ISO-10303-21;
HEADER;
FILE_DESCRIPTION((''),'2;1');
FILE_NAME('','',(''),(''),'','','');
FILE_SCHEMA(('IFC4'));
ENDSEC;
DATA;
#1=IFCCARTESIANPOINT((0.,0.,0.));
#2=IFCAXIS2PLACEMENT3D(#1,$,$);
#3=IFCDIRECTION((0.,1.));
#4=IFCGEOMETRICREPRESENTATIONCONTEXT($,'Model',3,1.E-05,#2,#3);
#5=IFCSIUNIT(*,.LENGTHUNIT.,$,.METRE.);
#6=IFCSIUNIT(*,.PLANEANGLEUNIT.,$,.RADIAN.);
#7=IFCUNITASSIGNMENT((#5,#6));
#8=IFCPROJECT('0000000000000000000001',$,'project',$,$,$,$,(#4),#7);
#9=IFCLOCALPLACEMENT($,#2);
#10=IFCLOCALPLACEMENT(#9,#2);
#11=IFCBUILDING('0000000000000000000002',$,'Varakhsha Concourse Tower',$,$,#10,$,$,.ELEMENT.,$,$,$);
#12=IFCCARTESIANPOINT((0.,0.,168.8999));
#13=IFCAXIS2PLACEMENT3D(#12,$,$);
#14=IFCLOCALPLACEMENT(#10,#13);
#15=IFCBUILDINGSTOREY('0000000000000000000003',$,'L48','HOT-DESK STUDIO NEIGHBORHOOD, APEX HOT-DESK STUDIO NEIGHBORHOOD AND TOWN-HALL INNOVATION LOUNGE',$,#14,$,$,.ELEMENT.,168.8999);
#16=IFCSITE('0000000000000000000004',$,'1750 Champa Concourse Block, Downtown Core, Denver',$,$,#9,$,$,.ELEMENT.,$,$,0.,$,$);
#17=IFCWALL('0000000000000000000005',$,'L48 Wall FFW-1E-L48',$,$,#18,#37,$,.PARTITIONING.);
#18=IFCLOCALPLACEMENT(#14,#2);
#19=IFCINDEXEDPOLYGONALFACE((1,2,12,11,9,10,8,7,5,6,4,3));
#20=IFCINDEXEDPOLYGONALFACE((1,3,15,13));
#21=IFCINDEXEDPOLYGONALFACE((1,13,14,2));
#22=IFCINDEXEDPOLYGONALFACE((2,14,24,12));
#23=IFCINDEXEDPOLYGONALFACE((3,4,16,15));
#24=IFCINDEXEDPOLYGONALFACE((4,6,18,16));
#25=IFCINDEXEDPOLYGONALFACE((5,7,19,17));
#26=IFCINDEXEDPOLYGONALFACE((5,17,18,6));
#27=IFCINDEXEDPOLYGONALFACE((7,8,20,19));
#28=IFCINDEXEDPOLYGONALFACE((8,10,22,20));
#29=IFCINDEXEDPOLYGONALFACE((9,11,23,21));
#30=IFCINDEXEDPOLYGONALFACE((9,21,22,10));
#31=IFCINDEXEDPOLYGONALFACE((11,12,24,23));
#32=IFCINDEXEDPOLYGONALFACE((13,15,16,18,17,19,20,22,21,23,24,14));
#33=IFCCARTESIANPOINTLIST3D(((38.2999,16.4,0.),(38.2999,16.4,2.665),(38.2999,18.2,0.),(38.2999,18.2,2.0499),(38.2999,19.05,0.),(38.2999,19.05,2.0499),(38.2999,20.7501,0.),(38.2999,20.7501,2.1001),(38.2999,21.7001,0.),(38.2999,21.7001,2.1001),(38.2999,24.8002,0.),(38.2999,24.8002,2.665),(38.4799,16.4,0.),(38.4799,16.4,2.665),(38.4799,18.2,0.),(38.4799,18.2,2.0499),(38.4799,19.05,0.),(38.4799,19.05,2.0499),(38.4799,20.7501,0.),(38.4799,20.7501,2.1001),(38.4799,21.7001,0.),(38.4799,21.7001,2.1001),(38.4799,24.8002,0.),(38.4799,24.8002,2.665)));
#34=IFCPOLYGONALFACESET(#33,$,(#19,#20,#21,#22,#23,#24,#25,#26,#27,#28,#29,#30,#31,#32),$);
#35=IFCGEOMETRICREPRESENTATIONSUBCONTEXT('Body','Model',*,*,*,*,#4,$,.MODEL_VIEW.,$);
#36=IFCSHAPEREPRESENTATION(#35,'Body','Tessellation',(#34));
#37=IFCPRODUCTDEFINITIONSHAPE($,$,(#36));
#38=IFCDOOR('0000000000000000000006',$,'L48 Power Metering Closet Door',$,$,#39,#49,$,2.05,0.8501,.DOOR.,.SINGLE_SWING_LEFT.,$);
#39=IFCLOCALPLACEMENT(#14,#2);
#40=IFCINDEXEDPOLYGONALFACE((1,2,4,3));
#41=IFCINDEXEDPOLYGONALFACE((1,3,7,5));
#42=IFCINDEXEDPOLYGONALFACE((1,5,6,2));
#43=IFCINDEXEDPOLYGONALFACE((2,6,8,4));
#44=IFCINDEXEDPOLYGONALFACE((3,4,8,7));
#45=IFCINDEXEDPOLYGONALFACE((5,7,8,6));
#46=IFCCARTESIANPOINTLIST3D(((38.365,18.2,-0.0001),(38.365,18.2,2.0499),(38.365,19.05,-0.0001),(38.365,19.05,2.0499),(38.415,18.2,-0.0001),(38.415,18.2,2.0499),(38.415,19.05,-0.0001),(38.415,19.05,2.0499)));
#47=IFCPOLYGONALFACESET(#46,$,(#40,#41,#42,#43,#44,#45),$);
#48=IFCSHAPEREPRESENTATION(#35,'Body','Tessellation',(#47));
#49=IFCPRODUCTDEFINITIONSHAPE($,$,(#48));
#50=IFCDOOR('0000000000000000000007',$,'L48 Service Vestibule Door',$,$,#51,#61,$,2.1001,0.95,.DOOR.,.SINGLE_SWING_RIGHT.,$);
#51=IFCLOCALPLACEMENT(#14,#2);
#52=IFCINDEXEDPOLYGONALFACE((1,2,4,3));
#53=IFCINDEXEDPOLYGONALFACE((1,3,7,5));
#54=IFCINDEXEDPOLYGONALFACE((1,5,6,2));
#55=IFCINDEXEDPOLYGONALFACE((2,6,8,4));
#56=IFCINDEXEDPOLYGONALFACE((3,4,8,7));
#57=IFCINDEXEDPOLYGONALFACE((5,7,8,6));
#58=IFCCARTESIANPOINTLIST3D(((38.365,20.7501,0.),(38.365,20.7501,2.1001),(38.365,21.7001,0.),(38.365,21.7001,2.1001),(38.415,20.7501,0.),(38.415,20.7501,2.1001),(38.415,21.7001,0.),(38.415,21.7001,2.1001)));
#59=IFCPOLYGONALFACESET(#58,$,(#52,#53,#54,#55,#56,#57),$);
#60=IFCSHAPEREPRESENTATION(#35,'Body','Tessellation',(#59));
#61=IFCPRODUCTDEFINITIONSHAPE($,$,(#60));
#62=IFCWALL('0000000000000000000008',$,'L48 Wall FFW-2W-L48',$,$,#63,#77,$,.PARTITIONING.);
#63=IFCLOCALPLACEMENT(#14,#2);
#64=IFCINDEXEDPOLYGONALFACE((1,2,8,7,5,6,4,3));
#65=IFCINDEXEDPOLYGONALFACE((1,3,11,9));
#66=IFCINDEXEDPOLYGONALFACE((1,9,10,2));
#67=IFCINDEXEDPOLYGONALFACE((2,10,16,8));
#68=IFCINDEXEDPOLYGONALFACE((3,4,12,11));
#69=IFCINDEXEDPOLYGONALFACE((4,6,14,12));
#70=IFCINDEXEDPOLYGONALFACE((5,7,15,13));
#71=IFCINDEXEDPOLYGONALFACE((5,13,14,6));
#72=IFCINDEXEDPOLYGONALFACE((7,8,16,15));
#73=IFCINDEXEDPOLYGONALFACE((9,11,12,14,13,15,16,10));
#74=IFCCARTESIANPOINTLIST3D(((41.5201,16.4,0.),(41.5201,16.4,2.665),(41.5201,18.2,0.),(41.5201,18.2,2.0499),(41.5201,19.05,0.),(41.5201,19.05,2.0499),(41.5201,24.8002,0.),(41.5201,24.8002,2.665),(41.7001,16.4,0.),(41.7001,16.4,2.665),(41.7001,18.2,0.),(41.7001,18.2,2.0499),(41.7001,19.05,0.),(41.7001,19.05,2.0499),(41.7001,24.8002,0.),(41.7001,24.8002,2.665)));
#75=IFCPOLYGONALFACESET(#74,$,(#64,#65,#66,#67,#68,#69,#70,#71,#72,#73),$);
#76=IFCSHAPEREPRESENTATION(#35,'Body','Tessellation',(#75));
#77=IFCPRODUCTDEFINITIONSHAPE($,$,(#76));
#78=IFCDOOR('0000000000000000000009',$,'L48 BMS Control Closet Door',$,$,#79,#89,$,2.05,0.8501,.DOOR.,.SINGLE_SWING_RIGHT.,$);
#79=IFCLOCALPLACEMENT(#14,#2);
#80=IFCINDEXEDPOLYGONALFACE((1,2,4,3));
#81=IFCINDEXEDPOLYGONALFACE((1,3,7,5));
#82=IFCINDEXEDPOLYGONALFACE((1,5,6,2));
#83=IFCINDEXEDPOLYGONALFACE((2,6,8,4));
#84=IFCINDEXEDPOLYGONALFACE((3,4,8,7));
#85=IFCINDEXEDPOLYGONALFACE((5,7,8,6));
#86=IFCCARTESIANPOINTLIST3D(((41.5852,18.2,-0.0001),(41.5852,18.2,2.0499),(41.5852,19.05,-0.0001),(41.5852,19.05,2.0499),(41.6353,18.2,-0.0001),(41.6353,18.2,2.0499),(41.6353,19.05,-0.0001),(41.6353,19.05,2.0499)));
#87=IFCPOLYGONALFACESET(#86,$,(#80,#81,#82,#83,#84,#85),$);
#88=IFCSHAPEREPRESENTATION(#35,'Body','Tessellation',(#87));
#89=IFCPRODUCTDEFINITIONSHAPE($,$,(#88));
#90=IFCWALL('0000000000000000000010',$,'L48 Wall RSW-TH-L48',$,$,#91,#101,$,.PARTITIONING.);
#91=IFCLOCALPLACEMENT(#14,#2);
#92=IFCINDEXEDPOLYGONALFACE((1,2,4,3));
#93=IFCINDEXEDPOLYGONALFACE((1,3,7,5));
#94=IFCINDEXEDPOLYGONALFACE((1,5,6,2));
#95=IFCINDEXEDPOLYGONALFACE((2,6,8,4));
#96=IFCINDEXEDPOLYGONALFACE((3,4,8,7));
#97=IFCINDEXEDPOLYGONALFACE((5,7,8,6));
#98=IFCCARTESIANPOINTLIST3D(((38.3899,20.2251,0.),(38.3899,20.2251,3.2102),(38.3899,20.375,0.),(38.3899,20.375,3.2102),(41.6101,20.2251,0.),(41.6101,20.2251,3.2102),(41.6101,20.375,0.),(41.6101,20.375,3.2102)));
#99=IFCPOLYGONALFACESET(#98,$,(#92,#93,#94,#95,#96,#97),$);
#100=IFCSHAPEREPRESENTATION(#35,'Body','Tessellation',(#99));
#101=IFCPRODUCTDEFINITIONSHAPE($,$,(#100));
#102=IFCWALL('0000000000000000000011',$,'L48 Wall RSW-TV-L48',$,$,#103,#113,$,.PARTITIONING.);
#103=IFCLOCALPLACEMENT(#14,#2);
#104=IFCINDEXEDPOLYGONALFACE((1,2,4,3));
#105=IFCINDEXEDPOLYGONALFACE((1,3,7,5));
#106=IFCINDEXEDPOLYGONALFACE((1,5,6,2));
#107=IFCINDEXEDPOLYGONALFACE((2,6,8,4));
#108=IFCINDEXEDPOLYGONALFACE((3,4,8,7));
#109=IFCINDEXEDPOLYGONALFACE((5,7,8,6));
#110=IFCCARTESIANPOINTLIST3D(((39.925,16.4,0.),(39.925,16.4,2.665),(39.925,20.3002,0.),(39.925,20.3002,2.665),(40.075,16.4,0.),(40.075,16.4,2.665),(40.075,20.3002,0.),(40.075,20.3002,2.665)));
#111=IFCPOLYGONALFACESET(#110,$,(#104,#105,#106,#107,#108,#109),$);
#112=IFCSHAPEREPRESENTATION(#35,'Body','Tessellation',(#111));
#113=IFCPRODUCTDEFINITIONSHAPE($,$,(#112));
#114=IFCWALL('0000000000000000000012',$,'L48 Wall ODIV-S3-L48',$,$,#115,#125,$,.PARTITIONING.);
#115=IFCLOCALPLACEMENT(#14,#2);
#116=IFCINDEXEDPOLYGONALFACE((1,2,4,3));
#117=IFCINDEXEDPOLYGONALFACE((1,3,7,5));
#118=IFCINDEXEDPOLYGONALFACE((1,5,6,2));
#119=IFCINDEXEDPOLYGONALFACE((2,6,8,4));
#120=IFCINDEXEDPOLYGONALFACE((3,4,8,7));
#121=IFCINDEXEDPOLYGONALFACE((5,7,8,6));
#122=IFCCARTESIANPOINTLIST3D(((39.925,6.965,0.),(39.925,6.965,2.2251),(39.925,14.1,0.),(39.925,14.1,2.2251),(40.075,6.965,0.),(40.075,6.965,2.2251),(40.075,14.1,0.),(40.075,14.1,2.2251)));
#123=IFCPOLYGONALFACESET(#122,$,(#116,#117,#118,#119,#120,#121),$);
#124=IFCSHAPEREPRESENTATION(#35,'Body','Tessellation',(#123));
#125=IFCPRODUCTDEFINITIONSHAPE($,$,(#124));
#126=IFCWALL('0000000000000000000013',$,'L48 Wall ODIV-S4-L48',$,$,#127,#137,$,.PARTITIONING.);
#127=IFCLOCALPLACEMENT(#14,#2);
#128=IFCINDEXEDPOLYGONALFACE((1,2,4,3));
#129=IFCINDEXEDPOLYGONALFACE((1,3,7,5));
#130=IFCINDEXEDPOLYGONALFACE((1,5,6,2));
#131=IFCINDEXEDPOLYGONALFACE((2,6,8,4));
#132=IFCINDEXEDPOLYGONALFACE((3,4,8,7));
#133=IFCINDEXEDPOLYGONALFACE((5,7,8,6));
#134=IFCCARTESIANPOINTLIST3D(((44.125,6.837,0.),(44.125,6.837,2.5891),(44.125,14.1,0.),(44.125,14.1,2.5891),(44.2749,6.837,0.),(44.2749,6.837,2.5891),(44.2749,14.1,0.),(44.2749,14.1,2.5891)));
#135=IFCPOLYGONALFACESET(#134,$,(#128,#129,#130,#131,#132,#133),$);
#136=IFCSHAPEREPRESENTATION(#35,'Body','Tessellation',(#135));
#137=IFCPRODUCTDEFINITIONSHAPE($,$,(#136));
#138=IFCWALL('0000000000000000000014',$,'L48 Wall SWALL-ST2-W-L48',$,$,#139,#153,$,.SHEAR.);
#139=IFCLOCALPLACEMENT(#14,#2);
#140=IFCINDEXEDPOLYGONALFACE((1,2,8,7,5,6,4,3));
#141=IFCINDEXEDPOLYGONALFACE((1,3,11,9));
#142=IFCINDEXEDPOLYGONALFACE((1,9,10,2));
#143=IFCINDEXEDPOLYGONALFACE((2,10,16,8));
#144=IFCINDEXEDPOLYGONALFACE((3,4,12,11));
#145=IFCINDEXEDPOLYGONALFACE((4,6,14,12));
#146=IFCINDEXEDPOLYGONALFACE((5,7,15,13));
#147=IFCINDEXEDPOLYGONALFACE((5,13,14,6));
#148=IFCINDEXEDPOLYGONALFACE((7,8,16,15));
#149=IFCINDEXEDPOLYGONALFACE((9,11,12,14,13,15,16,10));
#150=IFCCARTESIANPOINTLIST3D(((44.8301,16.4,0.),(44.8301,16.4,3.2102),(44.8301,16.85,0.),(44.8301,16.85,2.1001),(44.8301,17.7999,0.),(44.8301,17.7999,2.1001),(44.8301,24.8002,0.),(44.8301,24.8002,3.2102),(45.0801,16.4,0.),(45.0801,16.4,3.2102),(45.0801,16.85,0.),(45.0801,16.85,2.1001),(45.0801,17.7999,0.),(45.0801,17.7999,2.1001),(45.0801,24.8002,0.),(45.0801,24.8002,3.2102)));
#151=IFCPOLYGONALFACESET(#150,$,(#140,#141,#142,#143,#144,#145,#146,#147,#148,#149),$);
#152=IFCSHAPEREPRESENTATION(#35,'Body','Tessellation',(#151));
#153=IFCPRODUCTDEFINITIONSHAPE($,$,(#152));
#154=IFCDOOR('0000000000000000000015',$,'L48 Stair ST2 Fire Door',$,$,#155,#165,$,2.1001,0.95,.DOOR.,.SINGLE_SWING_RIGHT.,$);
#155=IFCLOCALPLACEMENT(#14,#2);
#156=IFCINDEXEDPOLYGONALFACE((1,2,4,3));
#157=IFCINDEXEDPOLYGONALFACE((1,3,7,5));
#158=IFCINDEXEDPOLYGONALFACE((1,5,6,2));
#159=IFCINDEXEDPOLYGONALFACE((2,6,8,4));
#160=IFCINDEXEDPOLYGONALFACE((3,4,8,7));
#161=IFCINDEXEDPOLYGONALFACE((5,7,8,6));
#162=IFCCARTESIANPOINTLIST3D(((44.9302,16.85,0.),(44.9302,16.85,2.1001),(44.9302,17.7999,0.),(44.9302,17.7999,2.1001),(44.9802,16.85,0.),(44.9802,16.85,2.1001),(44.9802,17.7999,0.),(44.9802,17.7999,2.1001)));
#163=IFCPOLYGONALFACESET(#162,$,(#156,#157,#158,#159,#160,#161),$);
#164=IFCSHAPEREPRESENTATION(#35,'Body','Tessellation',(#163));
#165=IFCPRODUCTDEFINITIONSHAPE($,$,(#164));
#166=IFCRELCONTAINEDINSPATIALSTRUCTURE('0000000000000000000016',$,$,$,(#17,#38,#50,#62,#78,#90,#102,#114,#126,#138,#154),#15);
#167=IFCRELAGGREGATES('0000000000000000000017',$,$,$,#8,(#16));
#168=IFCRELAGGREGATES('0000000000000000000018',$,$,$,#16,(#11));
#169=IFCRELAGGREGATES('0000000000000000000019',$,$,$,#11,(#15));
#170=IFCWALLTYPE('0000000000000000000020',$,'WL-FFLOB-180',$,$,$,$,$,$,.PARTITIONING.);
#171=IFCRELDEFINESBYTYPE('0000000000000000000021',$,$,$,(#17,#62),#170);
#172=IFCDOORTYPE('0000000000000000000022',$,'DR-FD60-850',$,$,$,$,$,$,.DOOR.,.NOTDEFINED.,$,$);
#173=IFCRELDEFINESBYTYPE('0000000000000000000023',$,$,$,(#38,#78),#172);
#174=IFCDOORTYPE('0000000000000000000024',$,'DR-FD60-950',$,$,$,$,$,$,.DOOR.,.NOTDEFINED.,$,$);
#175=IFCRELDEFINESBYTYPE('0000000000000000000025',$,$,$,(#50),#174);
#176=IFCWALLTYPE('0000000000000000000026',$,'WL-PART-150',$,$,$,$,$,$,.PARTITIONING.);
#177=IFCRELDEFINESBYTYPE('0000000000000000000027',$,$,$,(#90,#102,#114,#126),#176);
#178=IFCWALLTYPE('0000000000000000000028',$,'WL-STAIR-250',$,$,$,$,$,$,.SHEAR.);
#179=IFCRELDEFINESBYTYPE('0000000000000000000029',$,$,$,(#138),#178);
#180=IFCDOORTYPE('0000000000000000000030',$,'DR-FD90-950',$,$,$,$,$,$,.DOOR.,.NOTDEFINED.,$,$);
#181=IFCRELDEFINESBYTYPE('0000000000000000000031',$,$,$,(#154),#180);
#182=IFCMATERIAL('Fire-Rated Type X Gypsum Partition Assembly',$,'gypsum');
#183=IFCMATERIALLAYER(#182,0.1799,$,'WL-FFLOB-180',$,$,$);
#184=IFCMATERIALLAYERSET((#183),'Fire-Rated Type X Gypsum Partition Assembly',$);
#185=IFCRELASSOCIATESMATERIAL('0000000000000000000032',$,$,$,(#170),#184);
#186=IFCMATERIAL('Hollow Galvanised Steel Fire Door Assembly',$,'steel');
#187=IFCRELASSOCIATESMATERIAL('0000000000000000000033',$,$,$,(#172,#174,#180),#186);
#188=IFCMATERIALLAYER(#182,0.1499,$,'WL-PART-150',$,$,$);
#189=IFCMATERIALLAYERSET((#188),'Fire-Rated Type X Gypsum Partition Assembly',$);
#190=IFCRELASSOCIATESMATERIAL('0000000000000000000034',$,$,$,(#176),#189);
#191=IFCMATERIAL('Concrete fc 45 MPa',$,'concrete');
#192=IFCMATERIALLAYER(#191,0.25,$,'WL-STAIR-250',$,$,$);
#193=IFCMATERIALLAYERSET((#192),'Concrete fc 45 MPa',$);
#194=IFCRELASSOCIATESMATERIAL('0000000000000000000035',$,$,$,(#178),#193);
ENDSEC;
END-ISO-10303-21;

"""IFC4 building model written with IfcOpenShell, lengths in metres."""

from ifc_helpers import new_model, si_unit, direction, frame, frame_2d, origin, place, context, subcontext, project, spatial, rectangle, extrude, material, layer, layer_set, type_object, element, fill, save


model = new_model("IFC4")

# Units and contexts
model_context = context("Model", 3, precision=1e-05, world=origin(), true_north=direction((0.0, 1.0)))
body_context = subcontext(model_context, "Body", "Model", "MODEL_VIEW")
ifc_project = project(units=[si_unit("LENGTHUNIT", "METRE"), si_unit("PLANEANGLEUNIT", "RADIAN")], contexts=[model_context])

# Site, building, storey
site_placement = place(None, origin())
site = spatial("IfcSite", under=ifc_project, at=site_placement, Name="1750 Champa Concourse Block, Downtown Core, Denver", CompositionType="ELEMENT", RefElevation=0.0)
building_placement = place(site_placement, origin())
building = spatial("IfcBuilding", under=site, at=building_placement, Name="Varakhsha Concourse Tower", CompositionType="ELEMENT")
storey_placement = place(building_placement, frame((0.0, 0.0, 168.8999)))
storey = spatial("IfcBuildingStorey", under=building, at=storey_placement, Name="L48", Description="HOT-DESK STUDIO NEIGHBORHOOD, APEX HOT-DESK STUDIO NEIGHBORHOOD AND TOWN-HALL INNOVATION LOUNGE", CompositionType="ELEMENT", Elevation=168.8999)

# Wall, openings, doors
ifc_material_1 = material(Name="Fire-Rated Type X Gypsum Partition Assembly", Category="gypsum")
ifc_layer_1 = layer(ifc_material_1, 0.1799, Name="WL-FFLOB-180")
ifc_layer_set_1 = layer_set([ifc_layer_1], Name="Fire-Rated Type X Gypsum Partition Assembly")
wall_type_1 = type_object("IfcWallType", Name="WL-FFLOB-180", PredefinedType="PARTITIONING", material=ifc_layer_set_1)
wall_1_placement = place(storey_placement, frame((38.3899, 16.3999, 0.0), z_axis=(0.0, 0.0, 1.0), x_axis=(0.0, 1.0, 0.0)))
wall_1 = element("IfcWall", 1, at=wall_1_placement, inside=storey, type_object=wall_type_1, Name="L48 Wall FFW-1E-L48", PredefinedType="PARTITIONING", context=body_context, shape_type="SweptSolid", body=[
    extrude(rectangle(XDim=8.4001, YDim=0.1799, at=frame_2d((4.2002, 0.0))), origin(), (0.0, 0.0, 1.0), 2.665),
])
opening_1_placement = place(wall_1_placement, frame((1.8, 0.0, 0.0)))
opening_1 = element("IfcOpeningElement", 2, at=opening_1_placement, cuts=wall_1, PredefinedType="OPENING", context=body_context, shape_type="SweptSolid", body=[
    extrude(rectangle(XDim=0.8501, YDim=2.05, at=frame_2d((0.425, 1.0249))), frame((0.0, 0.0999, 0.0), z_axis=(0.0, -1.0, 0.0), x_axis=(1.0, 0.0, 0.0)), (0.0, 0.0, 1.0), 0.2),
])
opening_2_placement = place(wall_1_placement, frame((4.3501, 0.0, 0.0)))
opening_2 = element("IfcOpeningElement", 3, at=opening_2_placement, cuts=wall_1, PredefinedType="OPENING", context=body_context, shape_type="SweptSolid", body=[
    extrude(rectangle(XDim=0.95, YDim=2.1001, at=frame_2d((0.4751, 1.05))), frame((0.0, 0.0999, 0.0), z_axis=(0.0, -1.0, 0.0), x_axis=(1.0, 0.0, 0.0)), (0.0, 0.0, 1.0), 0.2),
])
ifc_material_2 = material(Name="Hollow Galvanised Steel Fire Door Assembly", Category="steel")
door_type_1 = type_object("IfcDoorType", Name="DR-FD60-850", OperationType="NOTDEFINED", PredefinedType="DOOR", material=ifc_material_2)
door_1_placement = place(opening_1_placement, origin())
door_1 = element("IfcDoor", 4, at=door_1_placement, inside=storey, type_object=door_type_1, Name="L48 Power Metering Closet Door", OperationType="SINGLE_SWING_LEFT", OverallHeight=2.05, OverallWidth=0.8501, PredefinedType="DOOR", context=body_context, shape_type="SweptSolid", body=[
    extrude(rectangle(XDim=0.8501, YDim=2.05, at=frame_2d((0.425, 1.0249))), frame((0.0, 0.0249, 0.0), z_axis=(0.0, -1.0, 0.0), x_axis=(1.0, 0.0, 0.0)), (0.0, 0.0, 1.0), 0.05),
])
fill(opening_1, door_1)
door_type_2 = type_object("IfcDoorType", Name="DR-FD60-950", OperationType="NOTDEFINED", PredefinedType="DOOR", material=ifc_material_2)
door_2_placement = place(opening_2_placement, origin())
door_2 = element("IfcDoor", 5, at=door_2_placement, inside=storey, type_object=door_type_2, Name="L48 Service Vestibule Door", OperationType="SINGLE_SWING_RIGHT", OverallHeight=2.1001, OverallWidth=0.95, PredefinedType="DOOR", context=body_context, shape_type="SweptSolid", body=[
    extrude(rectangle(XDim=0.95, YDim=2.1001, at=frame_2d((0.4751, 1.05))), frame((0.0, 0.0249, 0.0), z_axis=(0.0, -1.0, 0.0), x_axis=(1.0, 0.0, 0.0)), (0.0, 0.0, 1.0), 0.05),
])
fill(opening_2, door_2)

# Wall, opening, door
wall_2_placement = place(storey_placement, frame((41.6101, 16.3999, 0.0), z_axis=(0.0, 0.0, 1.0), x_axis=(0.0, 1.0, 0.0)))
wall_2 = element("IfcWall", 6, at=wall_2_placement, inside=storey, type_object=wall_type_1, Name="L48 Wall FFW-2W-L48", PredefinedType="PARTITIONING", context=body_context, shape_type="SweptSolid", body=[
    extrude(rectangle(XDim=8.4001, YDim=0.1799, at=frame_2d((4.2002, 0.0))), origin(), (0.0, 0.0, 1.0), 2.665),
])
opening_3_placement = place(wall_2_placement, frame((1.8, 0.0, 0.0)))
opening_3 = element("IfcOpeningElement", 7, at=opening_3_placement, cuts=wall_2, PredefinedType="OPENING", context=body_context, shape_type="SweptSolid", body=[
    extrude(rectangle(XDim=0.8501, YDim=2.05, at=frame_2d((0.425, 1.0249))), frame((0.0, 0.0999, 0.0), z_axis=(0.0, -1.0, 0.0), x_axis=(1.0, 0.0, 0.0)), (0.0, 0.0, 1.0), 0.2),
])
door_3_placement = place(opening_3_placement, origin())
door_3 = element("IfcDoor", 8, at=door_3_placement, inside=storey, type_object=door_type_1, Name="L48 BMS Control Closet Door", OperationType="SINGLE_SWING_RIGHT", OverallHeight=2.05, OverallWidth=0.8501, PredefinedType="DOOR", context=body_context, shape_type="SweptSolid", body=[
    extrude(rectangle(XDim=0.8501, YDim=2.05, at=frame_2d((0.425, 1.0249))), frame((0.0, 0.0249, 0.0), z_axis=(0.0, -1.0, 0.0), x_axis=(1.0, 0.0, 0.0)), (0.0, 0.0, 1.0), 0.05),
])
fill(opening_3, door_3)

# Walls
ifc_layer_2 = layer(ifc_material_1, 0.1499, Name="WL-PART-150")
ifc_layer_set_2 = layer_set([ifc_layer_2], Name="Fire-Rated Type X Gypsum Partition Assembly")
wall_type_2 = type_object("IfcWallType", Name="WL-PART-150", PredefinedType="PARTITIONING", material=ifc_layer_set_2)
wall_3_placement = place(storey_placement, frame((38.3899, 20.3, 0.0), z_axis=(0.0, 0.0, 1.0), x_axis=(1.0, 0.0, 0.0)))
element("IfcWall", 9, at=wall_3_placement, inside=storey, type_object=wall_type_2, Name="L48 Wall RSW-TH-L48", PredefinedType="PARTITIONING", context=body_context, shape_type="SweptSolid", body=[
    extrude(rectangle(XDim=3.2202, YDim=0.1499, at=frame_2d((1.6101, 0.0))), origin(), (0.0, 0.0, 1.0), 3.2102),
])
wall_4_placement = place(storey_placement, frame((40.0, 16.3999, 0.0), z_axis=(0.0, 0.0, 1.0), x_axis=(0.0, 1.0, 0.0)))
element("IfcWall", 10, at=wall_4_placement, inside=storey, type_object=wall_type_2, Name="L48 Wall RSW-TV-L48", PredefinedType="PARTITIONING", context=body_context, shape_type="SweptSolid", body=[
    extrude(rectangle(XDim=3.9001, YDim=0.1499, at=frame_2d((1.9502, 0.0))), origin(), (0.0, 0.0, 1.0), 2.665),
])
wall_5_placement = place(storey_placement, frame((40.0, 6.9651, 0.0), z_axis=(0.0, 0.0, 1.0), x_axis=(0.0, 1.0, 0.0)))
element("IfcWall", 11, at=wall_5_placement, inside=storey, type_object=wall_type_2, Name="L48 Wall ODIV-S3-L48", PredefinedType="PARTITIONING", context=body_context, shape_type="SweptSolid", body=[
    extrude(rectangle(XDim=7.135, YDim=0.1499, at=frame_2d((3.5674, 0.0))), origin(), (0.0, 0.0, 1.0), 2.2251),
])
wall_6_placement = place(storey_placement, frame((44.2, 6.8372, 0.0), z_axis=(0.0, 0.0, 1.0), x_axis=(0.0, 1.0, 0.0)))
element("IfcWall", 12, at=wall_6_placement, inside=storey, type_object=wall_type_2, Name="L48 Wall ODIV-S4-L48", PredefinedType="PARTITIONING", context=body_context, shape_type="SweptSolid", body=[
    extrude(rectangle(XDim=7.2629, YDim=0.1499, at=frame_2d((3.6313, 0.0))), origin(), (0.0, 0.0, 1.0), 2.5891),
])

# Wall, opening, door
ifc_material_3 = material(Name="Concrete fc 45 MPa", Category="concrete")
ifc_layer_3 = layer(ifc_material_3, 0.25, Name="WL-STAIR-250")
ifc_layer_set_3 = layer_set([ifc_layer_3], Name="Concrete fc 45 MPa")
wall_type_3 = type_object("IfcWallType", Name="WL-STAIR-250", PredefinedType="SHEAR", material=ifc_layer_set_3)
wall_7_placement = place(storey_placement, frame((44.9551, 16.3999, 0.0), z_axis=(0.0, 0.0, 1.0), x_axis=(0.0, 1.0, 0.0)))
wall_7 = element("IfcWall", 13, at=wall_7_placement, inside=storey, type_object=wall_type_3, Name="L48 Wall SWALL-ST2-W-L48", PredefinedType="SHEAR", context=body_context, shape_type="SweptSolid", body=[
    extrude(rectangle(XDim=8.4001, YDim=0.25, at=frame_2d((4.2002, 0.0))), origin(), (0.0, 0.0, 1.0), 3.2102),
])
opening_4_placement = place(wall_7_placement, frame((0.45, 0.0, 0.0)))
opening_4 = element("IfcOpeningElement", 14, at=opening_4_placement, cuts=wall_7, PredefinedType="OPENING", context=body_context, shape_type="SweptSolid", body=[
    extrude(rectangle(XDim=0.95, YDim=2.1001, at=frame_2d((0.4751, 1.05))), frame((0.0, 0.135, 0.0), z_axis=(0.0, -1.0, 0.0), x_axis=(1.0, 0.0, 0.0)), (0.0, 0.0, 1.0), 0.27),
])
door_type_3 = type_object("IfcDoorType", Name="DR-FD90-950", OperationType="NOTDEFINED", PredefinedType="DOOR", material=ifc_material_2)
door_4_placement = place(opening_4_placement, origin())
door_4 = element("IfcDoor", 15, at=door_4_placement, inside=storey, type_object=door_type_3, Name="L48 Stair ST2 Fire Door", OperationType="SINGLE_SWING_RIGHT", OverallHeight=2.1001, OverallWidth=0.95, PredefinedType="DOOR", context=body_context, shape_type="SweptSolid", body=[
    extrude(rectangle(XDim=0.95, YDim=2.1001, at=frame_2d((0.4751, 1.05))), frame((0.0, 0.0249, 0.0), z_axis=(0.0, -1.0, 0.0), x_axis=(1.0, 0.0, 0.0)), (0.0, 0.0, 1.0), 0.05),
])
fill(opening_4, door_4)

save(model, "model.ifc")
